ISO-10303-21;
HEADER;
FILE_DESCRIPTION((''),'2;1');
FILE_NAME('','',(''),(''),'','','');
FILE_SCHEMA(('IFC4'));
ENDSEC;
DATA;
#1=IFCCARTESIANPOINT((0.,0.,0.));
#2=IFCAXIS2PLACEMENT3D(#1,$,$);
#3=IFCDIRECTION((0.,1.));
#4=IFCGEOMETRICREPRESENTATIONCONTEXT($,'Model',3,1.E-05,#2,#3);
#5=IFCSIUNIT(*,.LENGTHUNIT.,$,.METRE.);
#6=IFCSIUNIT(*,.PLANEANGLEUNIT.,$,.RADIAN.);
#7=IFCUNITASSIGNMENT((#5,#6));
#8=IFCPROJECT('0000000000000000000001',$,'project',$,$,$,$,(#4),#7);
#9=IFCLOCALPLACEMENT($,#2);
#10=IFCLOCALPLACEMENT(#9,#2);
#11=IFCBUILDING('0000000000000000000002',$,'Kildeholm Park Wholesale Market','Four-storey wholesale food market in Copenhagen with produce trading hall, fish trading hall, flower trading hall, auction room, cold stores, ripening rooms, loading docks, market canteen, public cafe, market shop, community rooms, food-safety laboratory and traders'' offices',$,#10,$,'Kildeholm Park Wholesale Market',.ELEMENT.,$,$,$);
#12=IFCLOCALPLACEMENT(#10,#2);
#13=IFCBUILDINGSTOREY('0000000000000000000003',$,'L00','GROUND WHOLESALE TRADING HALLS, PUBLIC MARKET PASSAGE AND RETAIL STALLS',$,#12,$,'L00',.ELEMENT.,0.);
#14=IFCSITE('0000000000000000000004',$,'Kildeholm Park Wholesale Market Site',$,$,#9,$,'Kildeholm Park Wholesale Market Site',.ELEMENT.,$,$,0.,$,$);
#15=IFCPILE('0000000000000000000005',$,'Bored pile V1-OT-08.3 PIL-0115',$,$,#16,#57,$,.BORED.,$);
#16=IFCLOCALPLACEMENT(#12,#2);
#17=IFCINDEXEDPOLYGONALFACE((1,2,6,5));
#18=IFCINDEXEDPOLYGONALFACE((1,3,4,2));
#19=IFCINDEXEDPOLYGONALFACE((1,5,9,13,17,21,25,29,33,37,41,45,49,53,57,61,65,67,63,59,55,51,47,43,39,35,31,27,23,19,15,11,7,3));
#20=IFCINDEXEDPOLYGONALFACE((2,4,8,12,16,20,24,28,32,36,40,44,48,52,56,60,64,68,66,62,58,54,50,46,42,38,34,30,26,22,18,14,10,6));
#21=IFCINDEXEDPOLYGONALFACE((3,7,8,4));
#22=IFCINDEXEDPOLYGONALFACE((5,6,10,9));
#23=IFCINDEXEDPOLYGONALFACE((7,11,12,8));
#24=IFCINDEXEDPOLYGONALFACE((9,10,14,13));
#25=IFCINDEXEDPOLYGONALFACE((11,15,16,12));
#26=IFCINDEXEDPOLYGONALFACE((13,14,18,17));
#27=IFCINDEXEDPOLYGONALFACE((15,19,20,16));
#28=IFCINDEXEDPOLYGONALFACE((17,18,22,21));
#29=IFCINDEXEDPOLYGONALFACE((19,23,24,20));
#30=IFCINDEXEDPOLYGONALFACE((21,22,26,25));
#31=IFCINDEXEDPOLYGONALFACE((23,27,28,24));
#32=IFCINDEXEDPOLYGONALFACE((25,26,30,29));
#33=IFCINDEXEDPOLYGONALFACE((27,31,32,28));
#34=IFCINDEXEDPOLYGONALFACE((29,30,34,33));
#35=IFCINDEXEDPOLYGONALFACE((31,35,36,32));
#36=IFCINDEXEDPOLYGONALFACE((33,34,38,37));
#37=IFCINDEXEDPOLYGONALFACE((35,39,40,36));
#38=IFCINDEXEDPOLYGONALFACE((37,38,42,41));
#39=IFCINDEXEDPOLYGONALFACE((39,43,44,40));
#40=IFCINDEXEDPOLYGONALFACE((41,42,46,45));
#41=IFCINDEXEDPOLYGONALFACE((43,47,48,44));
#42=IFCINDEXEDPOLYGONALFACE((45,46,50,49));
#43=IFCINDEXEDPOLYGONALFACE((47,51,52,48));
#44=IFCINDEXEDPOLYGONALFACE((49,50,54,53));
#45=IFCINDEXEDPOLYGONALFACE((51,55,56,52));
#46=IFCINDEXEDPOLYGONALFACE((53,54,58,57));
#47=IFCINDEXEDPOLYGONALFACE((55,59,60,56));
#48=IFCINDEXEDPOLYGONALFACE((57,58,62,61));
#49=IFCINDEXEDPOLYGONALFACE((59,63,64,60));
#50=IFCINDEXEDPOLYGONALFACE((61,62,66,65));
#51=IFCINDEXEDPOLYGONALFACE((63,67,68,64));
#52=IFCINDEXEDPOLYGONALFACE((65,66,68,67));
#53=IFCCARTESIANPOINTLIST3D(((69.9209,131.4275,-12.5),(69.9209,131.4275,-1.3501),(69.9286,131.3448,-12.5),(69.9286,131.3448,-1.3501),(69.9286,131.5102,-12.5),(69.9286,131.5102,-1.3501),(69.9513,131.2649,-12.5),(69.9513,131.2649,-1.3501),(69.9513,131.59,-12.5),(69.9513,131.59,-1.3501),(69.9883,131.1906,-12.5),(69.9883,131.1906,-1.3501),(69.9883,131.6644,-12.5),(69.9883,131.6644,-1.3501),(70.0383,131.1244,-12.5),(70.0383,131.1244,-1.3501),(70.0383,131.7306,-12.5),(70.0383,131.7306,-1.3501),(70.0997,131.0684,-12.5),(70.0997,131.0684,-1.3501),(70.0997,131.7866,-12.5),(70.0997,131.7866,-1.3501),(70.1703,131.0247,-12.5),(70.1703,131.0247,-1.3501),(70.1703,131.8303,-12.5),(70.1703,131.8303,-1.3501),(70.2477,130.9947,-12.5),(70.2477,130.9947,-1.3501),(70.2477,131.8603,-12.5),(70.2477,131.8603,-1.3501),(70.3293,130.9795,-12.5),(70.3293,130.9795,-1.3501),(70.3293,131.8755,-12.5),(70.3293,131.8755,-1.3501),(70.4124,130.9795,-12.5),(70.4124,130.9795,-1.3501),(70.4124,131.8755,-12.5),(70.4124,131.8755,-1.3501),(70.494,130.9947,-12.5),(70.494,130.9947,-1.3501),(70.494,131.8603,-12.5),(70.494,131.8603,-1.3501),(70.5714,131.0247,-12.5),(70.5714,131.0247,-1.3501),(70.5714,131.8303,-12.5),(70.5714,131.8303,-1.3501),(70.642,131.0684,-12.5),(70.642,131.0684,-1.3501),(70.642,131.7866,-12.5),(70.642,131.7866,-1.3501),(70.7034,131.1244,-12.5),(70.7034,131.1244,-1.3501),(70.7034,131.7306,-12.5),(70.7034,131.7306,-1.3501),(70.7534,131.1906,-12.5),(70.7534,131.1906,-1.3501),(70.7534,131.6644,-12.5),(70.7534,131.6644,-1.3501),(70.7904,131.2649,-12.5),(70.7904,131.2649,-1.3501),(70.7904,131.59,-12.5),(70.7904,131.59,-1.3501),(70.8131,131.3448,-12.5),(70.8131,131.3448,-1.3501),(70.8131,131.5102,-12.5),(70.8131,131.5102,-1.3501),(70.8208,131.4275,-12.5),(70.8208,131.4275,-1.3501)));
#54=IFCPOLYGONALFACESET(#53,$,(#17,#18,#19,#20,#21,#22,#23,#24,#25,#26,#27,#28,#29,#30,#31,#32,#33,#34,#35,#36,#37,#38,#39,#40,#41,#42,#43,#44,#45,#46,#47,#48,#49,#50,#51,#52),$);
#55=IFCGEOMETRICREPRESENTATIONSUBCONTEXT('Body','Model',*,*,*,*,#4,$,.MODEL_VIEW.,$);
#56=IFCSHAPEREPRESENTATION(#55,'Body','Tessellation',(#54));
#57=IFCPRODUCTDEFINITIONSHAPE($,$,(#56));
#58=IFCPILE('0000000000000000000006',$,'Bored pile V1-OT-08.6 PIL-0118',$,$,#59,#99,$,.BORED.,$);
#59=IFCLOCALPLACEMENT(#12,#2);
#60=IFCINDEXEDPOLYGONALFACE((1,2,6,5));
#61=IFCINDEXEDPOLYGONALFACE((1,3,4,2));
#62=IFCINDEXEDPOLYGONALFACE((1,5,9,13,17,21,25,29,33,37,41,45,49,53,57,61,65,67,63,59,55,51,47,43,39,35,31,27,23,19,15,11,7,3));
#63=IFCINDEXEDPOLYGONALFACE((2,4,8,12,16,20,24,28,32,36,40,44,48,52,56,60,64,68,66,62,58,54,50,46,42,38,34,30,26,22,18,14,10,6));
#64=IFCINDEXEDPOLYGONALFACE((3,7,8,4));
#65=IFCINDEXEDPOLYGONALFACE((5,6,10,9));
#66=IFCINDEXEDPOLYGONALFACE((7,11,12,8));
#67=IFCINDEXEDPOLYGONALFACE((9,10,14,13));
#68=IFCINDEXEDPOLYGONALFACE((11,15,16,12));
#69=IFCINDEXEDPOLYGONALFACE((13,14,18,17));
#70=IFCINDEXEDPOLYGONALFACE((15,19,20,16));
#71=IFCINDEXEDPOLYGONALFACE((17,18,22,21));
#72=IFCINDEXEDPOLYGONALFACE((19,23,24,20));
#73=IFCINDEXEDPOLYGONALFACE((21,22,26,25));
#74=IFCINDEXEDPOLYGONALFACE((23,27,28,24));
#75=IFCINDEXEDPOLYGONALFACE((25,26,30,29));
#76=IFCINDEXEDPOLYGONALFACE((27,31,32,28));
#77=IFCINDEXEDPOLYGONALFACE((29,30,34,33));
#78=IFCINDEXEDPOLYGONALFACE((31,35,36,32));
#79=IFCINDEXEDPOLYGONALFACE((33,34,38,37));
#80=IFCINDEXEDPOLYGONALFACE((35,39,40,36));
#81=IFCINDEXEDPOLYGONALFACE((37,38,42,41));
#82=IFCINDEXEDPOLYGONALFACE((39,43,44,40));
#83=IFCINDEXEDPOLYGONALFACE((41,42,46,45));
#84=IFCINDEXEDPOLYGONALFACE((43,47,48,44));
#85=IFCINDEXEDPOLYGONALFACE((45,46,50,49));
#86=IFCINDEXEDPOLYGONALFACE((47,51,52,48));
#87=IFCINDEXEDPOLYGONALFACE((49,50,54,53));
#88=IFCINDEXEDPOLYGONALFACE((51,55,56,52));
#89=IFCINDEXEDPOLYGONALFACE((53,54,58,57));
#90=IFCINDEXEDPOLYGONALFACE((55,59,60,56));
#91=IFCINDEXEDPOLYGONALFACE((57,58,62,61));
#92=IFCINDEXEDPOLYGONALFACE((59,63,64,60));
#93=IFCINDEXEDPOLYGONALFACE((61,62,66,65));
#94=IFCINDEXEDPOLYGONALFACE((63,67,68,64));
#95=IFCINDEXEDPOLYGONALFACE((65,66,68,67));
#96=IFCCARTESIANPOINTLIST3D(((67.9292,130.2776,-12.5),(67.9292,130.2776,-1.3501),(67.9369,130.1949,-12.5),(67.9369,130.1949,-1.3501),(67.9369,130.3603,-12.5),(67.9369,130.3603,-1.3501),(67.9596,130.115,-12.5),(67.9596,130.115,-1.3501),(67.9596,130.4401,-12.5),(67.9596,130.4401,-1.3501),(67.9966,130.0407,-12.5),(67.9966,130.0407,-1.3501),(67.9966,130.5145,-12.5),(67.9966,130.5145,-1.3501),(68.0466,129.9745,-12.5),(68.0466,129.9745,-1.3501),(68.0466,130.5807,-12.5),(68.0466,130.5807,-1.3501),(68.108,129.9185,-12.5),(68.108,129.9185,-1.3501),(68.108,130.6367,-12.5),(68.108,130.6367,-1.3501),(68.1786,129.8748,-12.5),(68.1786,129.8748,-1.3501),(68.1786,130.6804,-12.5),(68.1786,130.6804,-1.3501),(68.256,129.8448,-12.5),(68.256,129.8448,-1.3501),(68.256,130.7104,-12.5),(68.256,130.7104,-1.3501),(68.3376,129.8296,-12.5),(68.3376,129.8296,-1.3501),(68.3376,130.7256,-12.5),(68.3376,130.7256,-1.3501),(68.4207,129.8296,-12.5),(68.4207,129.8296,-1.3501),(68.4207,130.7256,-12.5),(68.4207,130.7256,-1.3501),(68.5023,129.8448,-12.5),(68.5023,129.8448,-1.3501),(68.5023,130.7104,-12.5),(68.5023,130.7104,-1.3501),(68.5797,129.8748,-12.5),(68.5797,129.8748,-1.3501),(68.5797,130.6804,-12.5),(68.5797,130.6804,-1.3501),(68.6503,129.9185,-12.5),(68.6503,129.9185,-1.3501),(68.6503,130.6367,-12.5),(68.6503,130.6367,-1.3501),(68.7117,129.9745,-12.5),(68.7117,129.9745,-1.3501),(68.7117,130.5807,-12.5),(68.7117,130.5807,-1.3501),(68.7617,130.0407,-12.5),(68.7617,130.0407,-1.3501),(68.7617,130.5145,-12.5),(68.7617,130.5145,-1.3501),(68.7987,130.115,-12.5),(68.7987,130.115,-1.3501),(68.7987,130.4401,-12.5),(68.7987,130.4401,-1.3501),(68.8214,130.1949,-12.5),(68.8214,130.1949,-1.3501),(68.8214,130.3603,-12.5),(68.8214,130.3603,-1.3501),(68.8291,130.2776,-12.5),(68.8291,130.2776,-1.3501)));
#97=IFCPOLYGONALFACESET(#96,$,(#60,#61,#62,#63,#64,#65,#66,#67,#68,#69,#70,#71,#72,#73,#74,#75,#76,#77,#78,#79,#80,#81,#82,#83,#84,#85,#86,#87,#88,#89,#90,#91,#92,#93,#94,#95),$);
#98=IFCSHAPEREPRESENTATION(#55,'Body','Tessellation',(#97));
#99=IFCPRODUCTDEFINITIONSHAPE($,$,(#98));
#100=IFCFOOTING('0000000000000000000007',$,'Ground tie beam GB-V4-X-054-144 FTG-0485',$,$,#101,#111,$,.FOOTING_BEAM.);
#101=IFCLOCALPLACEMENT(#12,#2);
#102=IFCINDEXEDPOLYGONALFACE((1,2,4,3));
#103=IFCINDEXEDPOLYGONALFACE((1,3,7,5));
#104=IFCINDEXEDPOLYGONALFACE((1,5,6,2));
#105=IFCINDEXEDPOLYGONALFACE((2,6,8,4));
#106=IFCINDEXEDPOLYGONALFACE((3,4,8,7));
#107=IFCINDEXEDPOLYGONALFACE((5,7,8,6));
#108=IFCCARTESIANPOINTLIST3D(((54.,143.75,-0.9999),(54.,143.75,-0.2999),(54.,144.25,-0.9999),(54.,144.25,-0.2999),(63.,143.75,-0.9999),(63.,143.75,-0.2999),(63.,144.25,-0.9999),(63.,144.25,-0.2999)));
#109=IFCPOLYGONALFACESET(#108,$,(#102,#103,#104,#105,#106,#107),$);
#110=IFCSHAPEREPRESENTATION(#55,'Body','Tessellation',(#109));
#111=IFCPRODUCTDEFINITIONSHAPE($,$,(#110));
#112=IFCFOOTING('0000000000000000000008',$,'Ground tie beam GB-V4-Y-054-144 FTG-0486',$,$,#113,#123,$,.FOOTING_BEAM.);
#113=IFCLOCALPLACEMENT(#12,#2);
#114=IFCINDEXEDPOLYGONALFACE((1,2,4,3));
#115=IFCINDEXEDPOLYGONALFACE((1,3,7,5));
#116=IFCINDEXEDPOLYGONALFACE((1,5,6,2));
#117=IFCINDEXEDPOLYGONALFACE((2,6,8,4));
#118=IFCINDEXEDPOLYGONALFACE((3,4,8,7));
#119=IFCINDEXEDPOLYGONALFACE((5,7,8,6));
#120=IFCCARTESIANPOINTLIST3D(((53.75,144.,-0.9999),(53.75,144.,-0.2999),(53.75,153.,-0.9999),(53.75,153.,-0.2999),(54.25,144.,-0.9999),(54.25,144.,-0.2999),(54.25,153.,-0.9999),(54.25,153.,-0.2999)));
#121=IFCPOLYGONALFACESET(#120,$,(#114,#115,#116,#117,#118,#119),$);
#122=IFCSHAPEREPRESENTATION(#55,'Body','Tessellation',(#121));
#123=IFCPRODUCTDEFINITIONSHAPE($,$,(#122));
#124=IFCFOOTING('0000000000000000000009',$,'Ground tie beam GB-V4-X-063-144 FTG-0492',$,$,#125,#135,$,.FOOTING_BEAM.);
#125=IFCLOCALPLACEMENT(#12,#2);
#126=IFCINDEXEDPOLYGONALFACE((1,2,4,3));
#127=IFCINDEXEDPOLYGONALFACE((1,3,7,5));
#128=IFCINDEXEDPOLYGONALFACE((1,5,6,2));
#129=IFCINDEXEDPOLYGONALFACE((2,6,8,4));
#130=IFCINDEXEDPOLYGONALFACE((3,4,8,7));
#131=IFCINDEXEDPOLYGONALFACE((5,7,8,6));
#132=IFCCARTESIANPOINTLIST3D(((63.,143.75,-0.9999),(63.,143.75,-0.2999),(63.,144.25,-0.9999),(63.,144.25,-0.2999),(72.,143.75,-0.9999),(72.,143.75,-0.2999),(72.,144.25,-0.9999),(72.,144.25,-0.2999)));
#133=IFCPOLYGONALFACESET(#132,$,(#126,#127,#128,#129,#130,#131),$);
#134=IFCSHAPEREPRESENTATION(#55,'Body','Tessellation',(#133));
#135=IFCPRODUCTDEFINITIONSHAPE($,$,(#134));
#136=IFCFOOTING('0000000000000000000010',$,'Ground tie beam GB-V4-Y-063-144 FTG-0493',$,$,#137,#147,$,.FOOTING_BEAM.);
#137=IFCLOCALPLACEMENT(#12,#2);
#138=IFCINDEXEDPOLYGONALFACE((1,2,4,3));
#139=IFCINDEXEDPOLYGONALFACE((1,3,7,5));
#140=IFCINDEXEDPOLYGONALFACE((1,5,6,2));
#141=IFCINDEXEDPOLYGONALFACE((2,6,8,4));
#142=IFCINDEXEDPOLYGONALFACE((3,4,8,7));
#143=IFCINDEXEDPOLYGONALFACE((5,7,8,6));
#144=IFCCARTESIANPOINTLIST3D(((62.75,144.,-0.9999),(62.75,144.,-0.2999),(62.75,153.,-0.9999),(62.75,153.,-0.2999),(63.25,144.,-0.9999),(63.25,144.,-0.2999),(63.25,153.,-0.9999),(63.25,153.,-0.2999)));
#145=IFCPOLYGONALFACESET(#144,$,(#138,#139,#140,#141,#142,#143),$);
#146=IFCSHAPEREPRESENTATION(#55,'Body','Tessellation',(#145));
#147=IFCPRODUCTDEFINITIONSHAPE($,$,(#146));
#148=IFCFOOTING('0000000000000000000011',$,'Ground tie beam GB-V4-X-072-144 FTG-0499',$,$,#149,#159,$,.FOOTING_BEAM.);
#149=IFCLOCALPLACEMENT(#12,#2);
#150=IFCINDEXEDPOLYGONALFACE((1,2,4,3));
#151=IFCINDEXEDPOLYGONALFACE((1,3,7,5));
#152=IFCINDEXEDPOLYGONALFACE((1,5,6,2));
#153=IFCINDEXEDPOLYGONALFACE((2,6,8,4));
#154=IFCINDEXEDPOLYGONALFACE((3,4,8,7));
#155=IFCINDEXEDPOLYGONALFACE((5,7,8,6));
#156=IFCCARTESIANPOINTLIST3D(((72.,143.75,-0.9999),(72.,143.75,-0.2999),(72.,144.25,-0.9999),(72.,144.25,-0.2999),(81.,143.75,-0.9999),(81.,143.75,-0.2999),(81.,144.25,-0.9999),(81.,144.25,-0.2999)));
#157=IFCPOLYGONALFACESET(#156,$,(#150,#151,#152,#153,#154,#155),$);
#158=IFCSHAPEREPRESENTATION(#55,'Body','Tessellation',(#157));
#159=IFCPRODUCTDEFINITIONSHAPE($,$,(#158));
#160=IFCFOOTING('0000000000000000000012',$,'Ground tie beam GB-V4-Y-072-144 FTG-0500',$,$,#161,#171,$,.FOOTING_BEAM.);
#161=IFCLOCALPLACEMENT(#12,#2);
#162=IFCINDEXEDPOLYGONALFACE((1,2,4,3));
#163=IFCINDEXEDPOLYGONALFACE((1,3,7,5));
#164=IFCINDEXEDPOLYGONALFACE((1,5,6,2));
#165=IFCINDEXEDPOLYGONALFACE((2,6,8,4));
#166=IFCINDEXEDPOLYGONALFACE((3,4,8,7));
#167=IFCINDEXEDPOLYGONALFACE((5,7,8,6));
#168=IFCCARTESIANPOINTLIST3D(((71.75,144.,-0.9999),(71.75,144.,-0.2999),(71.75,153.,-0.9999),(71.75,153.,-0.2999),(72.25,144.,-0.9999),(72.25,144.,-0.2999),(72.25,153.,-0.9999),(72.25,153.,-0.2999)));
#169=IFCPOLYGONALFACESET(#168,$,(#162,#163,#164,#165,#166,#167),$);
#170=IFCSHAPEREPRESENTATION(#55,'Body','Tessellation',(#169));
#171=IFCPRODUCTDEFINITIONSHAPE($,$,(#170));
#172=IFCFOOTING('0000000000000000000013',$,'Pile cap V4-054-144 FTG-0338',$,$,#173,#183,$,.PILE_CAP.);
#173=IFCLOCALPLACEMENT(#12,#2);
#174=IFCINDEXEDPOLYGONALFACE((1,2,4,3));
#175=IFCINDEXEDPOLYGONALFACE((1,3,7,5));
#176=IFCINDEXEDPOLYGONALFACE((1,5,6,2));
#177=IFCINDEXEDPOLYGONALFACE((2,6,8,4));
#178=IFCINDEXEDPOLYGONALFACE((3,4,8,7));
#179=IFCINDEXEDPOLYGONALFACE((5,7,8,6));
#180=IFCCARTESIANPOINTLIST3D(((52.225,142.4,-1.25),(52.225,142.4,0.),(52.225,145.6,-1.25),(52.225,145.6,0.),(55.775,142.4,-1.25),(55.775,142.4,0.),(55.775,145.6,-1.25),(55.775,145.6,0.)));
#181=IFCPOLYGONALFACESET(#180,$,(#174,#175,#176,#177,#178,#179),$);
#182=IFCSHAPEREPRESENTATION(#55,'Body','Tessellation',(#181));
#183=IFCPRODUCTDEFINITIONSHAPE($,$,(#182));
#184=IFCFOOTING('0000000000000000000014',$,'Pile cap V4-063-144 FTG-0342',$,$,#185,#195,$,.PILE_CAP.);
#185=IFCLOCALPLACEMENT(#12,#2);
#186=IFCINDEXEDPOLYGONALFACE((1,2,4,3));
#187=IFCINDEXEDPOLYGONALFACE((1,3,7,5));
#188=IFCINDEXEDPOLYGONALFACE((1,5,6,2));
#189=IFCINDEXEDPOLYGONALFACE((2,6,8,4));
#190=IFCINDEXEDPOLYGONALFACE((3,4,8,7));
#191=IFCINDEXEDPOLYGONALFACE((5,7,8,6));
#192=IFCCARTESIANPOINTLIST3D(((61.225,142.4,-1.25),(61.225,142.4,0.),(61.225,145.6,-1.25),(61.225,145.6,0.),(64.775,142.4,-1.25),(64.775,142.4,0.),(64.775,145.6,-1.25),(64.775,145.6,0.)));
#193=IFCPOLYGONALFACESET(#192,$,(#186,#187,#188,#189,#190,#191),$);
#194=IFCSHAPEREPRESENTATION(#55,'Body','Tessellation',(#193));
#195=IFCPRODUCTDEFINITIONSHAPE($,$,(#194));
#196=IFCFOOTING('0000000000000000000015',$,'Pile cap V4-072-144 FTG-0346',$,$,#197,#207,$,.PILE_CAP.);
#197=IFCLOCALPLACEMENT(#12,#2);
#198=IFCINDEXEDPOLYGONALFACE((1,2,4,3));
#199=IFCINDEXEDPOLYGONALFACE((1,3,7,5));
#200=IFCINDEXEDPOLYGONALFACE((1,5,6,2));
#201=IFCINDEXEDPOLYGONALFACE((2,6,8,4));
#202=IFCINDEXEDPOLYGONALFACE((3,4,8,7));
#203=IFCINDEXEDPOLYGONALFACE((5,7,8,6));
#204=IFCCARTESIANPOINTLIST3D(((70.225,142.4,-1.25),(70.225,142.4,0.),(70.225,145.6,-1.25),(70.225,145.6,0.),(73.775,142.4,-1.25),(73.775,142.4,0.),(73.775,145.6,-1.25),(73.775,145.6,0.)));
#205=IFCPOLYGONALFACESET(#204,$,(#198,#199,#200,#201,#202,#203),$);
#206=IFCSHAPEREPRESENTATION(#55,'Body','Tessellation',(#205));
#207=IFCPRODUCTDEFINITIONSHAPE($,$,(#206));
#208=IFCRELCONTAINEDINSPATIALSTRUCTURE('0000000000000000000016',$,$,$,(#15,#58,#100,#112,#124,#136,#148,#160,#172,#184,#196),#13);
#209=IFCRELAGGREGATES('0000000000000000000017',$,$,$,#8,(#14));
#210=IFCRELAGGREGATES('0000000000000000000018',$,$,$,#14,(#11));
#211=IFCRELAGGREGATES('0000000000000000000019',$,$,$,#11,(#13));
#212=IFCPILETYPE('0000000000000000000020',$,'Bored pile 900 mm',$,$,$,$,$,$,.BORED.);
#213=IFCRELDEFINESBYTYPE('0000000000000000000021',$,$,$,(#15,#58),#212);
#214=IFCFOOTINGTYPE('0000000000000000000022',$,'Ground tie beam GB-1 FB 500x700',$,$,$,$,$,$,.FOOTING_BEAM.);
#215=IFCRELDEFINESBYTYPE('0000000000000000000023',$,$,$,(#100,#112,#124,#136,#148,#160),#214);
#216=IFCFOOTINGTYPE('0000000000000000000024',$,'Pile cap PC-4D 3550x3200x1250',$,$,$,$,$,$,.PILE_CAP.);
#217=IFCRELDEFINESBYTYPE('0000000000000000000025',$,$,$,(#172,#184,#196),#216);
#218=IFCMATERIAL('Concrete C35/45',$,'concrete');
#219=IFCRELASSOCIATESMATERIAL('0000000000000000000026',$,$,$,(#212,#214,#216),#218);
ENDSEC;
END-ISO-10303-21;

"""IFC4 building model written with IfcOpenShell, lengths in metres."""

from ifc_helpers import new_model, si_unit, direction, frame, origin, origin_2d, place, context, subcontext, project, spatial, rectangle, circle, extrude, material, material_profile, profile_set, type_object, element, save


model = new_model("IFC4")

# Units and contexts
model_context = context("Model", 3, precision=1e-05, world=origin(), true_north=direction((0.0, 1.0)))
body_context = subcontext(model_context, "Body", "Model", "MODEL_VIEW")
ifc_project = project(units=[si_unit("LENGTHUNIT", "METRE"), si_unit("PLANEANGLEUNIT", "RADIAN")], contexts=[model_context])

# Site, building, storey
site_placement = place(None, origin())
site = spatial("IfcSite", under=ifc_project, at=site_placement, Name="Kildeholm Park Wholesale Market Site", LongName="Kildeholm Park Wholesale Market Site", CompositionType="ELEMENT", RefElevation=0.0)
building_placement = place(site_placement, origin())
building = spatial("IfcBuilding", under=site, at=building_placement, Name="Kildeholm Park Wholesale Market", Description="Four-storey wholesale food market in Copenhagen with produce trading hall, fish trading hall, flower trading hall, auction room, cold stores, ripening rooms, loading docks, market canteen, public cafe, market shop, community rooms, food-safety laboratory and traders' offices", LongName="Kildeholm Park Wholesale Market", CompositionType="ELEMENT")
storey_placement = place(building_placement, origin())
storey = spatial("IfcBuildingStorey", under=building, at=storey_placement, Name="L00", Description="GROUND WHOLESALE TRADING HALLS, PUBLIC MARKET PASSAGE AND RETAIL STALLS", LongName="L00", CompositionType="ELEMENT", Elevation=0.0)

# Piles
ifc_material_1 = material(Name="Concrete C35/45", Category="concrete")
ifc_material_profile_1 = material_profile(ifc_material_1, circle(Radius=0.45, at=origin_2d()), Name="PILE D900")
ifc_profile_set_1 = profile_set([ifc_material_profile_1], Name="Concrete C35/45")
pile_type_1 = type_object("IfcPileType", Name="Bored pile 900 mm", PredefinedType="BORED", material=ifc_profile_set_1)
for number, where, z_axis, x_axis, name in (
    (1, (70.3708, 131.4275, -1.3501), (0.0, 0.0, -1.0), (1.0, 0.0, 0.0), "Bored pile V1-OT-08.3 PIL-0115"),
    (2, (68.3792, 130.2776, -1.3501), (0.0, 0.0, -1.0), (1.0, 0.0, 0.0), "Bored pile V1-OT-08.6 PIL-0118"),
):
    element("IfcPile", number, at=place(storey_placement, frame(where, z_axis=z_axis, x_axis=x_axis)), inside=storey, type_object=pile_type_1, Name=name, PredefinedType="BORED", context=body_context, shape_type="SweptSolid", body=[
        extrude(circle(Radius=0.45, at=origin_2d()), origin(), (0.0, 0.0, 1.0), 11.1499),
    ])

# Footings
ifc_material_profile_2 = material_profile(ifc_material_1, rectangle(XDim=0.5, YDim=0.7, at=origin_2d()), Name="FB 500x700")
ifc_profile_set_2 = profile_set([ifc_material_profile_2], Name="Concrete C35/45")
footing_type_1 = type_object("IfcFootingType", Name="Ground tie beam GB-1 FB 500x700", PredefinedType="FOOTING_BEAM", material=ifc_profile_set_2)
for number, where, z_axis, x_axis, name in (
    (3, (54.0, 144.0, -0.6499), (1.0, 0.0, 0.0), (0.0, 1.0, 0.0), "Ground tie beam GB-V4-X-054-144 FTG-0485"),
    (4, (54.0, 144.0, -0.6499), (0.0, 1.0, 0.0), (-1.0, 0.0, 0.0), "Ground tie beam GB-V4-Y-054-144 FTG-0486"),
    (5, (63.0, 144.0, -0.6499), (1.0, 0.0, 0.0), (0.0, 1.0, 0.0), "Ground tie beam GB-V4-X-063-144 FTG-0492"),
    (6, (63.0, 144.0, -0.6499), (0.0, 1.0, 0.0), (-1.0, 0.0, 0.0), "Ground tie beam GB-V4-Y-063-144 FTG-0493"),
    (7, (72.0, 144.0, -0.6499), (1.0, 0.0, 0.0), (0.0, 1.0, 0.0), "Ground tie beam GB-V4-X-072-144 FTG-0499"),
    (8, (72.0, 144.0, -0.6499), (0.0, 1.0, 0.0), (-1.0, 0.0, 0.0), "Ground tie beam GB-V4-Y-072-144 FTG-0500"),
):
    element("IfcFooting", number, at=place(storey_placement, frame(where, z_axis=z_axis, x_axis=x_axis)), inside=storey, type_object=footing_type_1, Name=name, PredefinedType="FOOTING_BEAM", context=body_context, shape_type="SweptSolid", body=[
        extrude(rectangle(XDim=0.5, YDim=0.7, at=origin_2d()), origin(), (0.0, 0.0, 1.0), 9.0),
    ])
footing_type_2 = type_object("IfcFootingType", Name="Pile cap PC-4D 3550x3200x1250", PredefinedType="PILE_CAP", material=ifc_material_1)
for number, where, z_axis, x_axis, name in (
    (9, (54.0, 144.0, -1.25), (0.0, 0.0, 1.0), (1.0, 0.0, 0.0), "Pile cap V4-054-144 FTG-0338"),
    (10, (63.0, 144.0, -1.25), (0.0, 0.0, 1.0), (1.0, 0.0, 0.0), "Pile cap V4-063-144 FTG-0342"),
    (11, (72.0, 144.0, -1.25), (0.0, 0.0, 1.0), (1.0, 0.0, 0.0), "Pile cap V4-072-144 FTG-0346"),
):
    element("IfcFooting", number, at=place(storey_placement, frame(where, z_axis=z_axis, x_axis=x_axis)), inside=storey, type_object=footing_type_2, Name=name, PredefinedType="PILE_CAP", context=body_context, shape_type="SweptSolid", body=[
        extrude(rectangle(XDim=3.55, YDim=3.2, at=origin_2d()), origin(), (0.0, 0.0, 1.0), 1.25),
    ])

save(model, "model.ifc")
